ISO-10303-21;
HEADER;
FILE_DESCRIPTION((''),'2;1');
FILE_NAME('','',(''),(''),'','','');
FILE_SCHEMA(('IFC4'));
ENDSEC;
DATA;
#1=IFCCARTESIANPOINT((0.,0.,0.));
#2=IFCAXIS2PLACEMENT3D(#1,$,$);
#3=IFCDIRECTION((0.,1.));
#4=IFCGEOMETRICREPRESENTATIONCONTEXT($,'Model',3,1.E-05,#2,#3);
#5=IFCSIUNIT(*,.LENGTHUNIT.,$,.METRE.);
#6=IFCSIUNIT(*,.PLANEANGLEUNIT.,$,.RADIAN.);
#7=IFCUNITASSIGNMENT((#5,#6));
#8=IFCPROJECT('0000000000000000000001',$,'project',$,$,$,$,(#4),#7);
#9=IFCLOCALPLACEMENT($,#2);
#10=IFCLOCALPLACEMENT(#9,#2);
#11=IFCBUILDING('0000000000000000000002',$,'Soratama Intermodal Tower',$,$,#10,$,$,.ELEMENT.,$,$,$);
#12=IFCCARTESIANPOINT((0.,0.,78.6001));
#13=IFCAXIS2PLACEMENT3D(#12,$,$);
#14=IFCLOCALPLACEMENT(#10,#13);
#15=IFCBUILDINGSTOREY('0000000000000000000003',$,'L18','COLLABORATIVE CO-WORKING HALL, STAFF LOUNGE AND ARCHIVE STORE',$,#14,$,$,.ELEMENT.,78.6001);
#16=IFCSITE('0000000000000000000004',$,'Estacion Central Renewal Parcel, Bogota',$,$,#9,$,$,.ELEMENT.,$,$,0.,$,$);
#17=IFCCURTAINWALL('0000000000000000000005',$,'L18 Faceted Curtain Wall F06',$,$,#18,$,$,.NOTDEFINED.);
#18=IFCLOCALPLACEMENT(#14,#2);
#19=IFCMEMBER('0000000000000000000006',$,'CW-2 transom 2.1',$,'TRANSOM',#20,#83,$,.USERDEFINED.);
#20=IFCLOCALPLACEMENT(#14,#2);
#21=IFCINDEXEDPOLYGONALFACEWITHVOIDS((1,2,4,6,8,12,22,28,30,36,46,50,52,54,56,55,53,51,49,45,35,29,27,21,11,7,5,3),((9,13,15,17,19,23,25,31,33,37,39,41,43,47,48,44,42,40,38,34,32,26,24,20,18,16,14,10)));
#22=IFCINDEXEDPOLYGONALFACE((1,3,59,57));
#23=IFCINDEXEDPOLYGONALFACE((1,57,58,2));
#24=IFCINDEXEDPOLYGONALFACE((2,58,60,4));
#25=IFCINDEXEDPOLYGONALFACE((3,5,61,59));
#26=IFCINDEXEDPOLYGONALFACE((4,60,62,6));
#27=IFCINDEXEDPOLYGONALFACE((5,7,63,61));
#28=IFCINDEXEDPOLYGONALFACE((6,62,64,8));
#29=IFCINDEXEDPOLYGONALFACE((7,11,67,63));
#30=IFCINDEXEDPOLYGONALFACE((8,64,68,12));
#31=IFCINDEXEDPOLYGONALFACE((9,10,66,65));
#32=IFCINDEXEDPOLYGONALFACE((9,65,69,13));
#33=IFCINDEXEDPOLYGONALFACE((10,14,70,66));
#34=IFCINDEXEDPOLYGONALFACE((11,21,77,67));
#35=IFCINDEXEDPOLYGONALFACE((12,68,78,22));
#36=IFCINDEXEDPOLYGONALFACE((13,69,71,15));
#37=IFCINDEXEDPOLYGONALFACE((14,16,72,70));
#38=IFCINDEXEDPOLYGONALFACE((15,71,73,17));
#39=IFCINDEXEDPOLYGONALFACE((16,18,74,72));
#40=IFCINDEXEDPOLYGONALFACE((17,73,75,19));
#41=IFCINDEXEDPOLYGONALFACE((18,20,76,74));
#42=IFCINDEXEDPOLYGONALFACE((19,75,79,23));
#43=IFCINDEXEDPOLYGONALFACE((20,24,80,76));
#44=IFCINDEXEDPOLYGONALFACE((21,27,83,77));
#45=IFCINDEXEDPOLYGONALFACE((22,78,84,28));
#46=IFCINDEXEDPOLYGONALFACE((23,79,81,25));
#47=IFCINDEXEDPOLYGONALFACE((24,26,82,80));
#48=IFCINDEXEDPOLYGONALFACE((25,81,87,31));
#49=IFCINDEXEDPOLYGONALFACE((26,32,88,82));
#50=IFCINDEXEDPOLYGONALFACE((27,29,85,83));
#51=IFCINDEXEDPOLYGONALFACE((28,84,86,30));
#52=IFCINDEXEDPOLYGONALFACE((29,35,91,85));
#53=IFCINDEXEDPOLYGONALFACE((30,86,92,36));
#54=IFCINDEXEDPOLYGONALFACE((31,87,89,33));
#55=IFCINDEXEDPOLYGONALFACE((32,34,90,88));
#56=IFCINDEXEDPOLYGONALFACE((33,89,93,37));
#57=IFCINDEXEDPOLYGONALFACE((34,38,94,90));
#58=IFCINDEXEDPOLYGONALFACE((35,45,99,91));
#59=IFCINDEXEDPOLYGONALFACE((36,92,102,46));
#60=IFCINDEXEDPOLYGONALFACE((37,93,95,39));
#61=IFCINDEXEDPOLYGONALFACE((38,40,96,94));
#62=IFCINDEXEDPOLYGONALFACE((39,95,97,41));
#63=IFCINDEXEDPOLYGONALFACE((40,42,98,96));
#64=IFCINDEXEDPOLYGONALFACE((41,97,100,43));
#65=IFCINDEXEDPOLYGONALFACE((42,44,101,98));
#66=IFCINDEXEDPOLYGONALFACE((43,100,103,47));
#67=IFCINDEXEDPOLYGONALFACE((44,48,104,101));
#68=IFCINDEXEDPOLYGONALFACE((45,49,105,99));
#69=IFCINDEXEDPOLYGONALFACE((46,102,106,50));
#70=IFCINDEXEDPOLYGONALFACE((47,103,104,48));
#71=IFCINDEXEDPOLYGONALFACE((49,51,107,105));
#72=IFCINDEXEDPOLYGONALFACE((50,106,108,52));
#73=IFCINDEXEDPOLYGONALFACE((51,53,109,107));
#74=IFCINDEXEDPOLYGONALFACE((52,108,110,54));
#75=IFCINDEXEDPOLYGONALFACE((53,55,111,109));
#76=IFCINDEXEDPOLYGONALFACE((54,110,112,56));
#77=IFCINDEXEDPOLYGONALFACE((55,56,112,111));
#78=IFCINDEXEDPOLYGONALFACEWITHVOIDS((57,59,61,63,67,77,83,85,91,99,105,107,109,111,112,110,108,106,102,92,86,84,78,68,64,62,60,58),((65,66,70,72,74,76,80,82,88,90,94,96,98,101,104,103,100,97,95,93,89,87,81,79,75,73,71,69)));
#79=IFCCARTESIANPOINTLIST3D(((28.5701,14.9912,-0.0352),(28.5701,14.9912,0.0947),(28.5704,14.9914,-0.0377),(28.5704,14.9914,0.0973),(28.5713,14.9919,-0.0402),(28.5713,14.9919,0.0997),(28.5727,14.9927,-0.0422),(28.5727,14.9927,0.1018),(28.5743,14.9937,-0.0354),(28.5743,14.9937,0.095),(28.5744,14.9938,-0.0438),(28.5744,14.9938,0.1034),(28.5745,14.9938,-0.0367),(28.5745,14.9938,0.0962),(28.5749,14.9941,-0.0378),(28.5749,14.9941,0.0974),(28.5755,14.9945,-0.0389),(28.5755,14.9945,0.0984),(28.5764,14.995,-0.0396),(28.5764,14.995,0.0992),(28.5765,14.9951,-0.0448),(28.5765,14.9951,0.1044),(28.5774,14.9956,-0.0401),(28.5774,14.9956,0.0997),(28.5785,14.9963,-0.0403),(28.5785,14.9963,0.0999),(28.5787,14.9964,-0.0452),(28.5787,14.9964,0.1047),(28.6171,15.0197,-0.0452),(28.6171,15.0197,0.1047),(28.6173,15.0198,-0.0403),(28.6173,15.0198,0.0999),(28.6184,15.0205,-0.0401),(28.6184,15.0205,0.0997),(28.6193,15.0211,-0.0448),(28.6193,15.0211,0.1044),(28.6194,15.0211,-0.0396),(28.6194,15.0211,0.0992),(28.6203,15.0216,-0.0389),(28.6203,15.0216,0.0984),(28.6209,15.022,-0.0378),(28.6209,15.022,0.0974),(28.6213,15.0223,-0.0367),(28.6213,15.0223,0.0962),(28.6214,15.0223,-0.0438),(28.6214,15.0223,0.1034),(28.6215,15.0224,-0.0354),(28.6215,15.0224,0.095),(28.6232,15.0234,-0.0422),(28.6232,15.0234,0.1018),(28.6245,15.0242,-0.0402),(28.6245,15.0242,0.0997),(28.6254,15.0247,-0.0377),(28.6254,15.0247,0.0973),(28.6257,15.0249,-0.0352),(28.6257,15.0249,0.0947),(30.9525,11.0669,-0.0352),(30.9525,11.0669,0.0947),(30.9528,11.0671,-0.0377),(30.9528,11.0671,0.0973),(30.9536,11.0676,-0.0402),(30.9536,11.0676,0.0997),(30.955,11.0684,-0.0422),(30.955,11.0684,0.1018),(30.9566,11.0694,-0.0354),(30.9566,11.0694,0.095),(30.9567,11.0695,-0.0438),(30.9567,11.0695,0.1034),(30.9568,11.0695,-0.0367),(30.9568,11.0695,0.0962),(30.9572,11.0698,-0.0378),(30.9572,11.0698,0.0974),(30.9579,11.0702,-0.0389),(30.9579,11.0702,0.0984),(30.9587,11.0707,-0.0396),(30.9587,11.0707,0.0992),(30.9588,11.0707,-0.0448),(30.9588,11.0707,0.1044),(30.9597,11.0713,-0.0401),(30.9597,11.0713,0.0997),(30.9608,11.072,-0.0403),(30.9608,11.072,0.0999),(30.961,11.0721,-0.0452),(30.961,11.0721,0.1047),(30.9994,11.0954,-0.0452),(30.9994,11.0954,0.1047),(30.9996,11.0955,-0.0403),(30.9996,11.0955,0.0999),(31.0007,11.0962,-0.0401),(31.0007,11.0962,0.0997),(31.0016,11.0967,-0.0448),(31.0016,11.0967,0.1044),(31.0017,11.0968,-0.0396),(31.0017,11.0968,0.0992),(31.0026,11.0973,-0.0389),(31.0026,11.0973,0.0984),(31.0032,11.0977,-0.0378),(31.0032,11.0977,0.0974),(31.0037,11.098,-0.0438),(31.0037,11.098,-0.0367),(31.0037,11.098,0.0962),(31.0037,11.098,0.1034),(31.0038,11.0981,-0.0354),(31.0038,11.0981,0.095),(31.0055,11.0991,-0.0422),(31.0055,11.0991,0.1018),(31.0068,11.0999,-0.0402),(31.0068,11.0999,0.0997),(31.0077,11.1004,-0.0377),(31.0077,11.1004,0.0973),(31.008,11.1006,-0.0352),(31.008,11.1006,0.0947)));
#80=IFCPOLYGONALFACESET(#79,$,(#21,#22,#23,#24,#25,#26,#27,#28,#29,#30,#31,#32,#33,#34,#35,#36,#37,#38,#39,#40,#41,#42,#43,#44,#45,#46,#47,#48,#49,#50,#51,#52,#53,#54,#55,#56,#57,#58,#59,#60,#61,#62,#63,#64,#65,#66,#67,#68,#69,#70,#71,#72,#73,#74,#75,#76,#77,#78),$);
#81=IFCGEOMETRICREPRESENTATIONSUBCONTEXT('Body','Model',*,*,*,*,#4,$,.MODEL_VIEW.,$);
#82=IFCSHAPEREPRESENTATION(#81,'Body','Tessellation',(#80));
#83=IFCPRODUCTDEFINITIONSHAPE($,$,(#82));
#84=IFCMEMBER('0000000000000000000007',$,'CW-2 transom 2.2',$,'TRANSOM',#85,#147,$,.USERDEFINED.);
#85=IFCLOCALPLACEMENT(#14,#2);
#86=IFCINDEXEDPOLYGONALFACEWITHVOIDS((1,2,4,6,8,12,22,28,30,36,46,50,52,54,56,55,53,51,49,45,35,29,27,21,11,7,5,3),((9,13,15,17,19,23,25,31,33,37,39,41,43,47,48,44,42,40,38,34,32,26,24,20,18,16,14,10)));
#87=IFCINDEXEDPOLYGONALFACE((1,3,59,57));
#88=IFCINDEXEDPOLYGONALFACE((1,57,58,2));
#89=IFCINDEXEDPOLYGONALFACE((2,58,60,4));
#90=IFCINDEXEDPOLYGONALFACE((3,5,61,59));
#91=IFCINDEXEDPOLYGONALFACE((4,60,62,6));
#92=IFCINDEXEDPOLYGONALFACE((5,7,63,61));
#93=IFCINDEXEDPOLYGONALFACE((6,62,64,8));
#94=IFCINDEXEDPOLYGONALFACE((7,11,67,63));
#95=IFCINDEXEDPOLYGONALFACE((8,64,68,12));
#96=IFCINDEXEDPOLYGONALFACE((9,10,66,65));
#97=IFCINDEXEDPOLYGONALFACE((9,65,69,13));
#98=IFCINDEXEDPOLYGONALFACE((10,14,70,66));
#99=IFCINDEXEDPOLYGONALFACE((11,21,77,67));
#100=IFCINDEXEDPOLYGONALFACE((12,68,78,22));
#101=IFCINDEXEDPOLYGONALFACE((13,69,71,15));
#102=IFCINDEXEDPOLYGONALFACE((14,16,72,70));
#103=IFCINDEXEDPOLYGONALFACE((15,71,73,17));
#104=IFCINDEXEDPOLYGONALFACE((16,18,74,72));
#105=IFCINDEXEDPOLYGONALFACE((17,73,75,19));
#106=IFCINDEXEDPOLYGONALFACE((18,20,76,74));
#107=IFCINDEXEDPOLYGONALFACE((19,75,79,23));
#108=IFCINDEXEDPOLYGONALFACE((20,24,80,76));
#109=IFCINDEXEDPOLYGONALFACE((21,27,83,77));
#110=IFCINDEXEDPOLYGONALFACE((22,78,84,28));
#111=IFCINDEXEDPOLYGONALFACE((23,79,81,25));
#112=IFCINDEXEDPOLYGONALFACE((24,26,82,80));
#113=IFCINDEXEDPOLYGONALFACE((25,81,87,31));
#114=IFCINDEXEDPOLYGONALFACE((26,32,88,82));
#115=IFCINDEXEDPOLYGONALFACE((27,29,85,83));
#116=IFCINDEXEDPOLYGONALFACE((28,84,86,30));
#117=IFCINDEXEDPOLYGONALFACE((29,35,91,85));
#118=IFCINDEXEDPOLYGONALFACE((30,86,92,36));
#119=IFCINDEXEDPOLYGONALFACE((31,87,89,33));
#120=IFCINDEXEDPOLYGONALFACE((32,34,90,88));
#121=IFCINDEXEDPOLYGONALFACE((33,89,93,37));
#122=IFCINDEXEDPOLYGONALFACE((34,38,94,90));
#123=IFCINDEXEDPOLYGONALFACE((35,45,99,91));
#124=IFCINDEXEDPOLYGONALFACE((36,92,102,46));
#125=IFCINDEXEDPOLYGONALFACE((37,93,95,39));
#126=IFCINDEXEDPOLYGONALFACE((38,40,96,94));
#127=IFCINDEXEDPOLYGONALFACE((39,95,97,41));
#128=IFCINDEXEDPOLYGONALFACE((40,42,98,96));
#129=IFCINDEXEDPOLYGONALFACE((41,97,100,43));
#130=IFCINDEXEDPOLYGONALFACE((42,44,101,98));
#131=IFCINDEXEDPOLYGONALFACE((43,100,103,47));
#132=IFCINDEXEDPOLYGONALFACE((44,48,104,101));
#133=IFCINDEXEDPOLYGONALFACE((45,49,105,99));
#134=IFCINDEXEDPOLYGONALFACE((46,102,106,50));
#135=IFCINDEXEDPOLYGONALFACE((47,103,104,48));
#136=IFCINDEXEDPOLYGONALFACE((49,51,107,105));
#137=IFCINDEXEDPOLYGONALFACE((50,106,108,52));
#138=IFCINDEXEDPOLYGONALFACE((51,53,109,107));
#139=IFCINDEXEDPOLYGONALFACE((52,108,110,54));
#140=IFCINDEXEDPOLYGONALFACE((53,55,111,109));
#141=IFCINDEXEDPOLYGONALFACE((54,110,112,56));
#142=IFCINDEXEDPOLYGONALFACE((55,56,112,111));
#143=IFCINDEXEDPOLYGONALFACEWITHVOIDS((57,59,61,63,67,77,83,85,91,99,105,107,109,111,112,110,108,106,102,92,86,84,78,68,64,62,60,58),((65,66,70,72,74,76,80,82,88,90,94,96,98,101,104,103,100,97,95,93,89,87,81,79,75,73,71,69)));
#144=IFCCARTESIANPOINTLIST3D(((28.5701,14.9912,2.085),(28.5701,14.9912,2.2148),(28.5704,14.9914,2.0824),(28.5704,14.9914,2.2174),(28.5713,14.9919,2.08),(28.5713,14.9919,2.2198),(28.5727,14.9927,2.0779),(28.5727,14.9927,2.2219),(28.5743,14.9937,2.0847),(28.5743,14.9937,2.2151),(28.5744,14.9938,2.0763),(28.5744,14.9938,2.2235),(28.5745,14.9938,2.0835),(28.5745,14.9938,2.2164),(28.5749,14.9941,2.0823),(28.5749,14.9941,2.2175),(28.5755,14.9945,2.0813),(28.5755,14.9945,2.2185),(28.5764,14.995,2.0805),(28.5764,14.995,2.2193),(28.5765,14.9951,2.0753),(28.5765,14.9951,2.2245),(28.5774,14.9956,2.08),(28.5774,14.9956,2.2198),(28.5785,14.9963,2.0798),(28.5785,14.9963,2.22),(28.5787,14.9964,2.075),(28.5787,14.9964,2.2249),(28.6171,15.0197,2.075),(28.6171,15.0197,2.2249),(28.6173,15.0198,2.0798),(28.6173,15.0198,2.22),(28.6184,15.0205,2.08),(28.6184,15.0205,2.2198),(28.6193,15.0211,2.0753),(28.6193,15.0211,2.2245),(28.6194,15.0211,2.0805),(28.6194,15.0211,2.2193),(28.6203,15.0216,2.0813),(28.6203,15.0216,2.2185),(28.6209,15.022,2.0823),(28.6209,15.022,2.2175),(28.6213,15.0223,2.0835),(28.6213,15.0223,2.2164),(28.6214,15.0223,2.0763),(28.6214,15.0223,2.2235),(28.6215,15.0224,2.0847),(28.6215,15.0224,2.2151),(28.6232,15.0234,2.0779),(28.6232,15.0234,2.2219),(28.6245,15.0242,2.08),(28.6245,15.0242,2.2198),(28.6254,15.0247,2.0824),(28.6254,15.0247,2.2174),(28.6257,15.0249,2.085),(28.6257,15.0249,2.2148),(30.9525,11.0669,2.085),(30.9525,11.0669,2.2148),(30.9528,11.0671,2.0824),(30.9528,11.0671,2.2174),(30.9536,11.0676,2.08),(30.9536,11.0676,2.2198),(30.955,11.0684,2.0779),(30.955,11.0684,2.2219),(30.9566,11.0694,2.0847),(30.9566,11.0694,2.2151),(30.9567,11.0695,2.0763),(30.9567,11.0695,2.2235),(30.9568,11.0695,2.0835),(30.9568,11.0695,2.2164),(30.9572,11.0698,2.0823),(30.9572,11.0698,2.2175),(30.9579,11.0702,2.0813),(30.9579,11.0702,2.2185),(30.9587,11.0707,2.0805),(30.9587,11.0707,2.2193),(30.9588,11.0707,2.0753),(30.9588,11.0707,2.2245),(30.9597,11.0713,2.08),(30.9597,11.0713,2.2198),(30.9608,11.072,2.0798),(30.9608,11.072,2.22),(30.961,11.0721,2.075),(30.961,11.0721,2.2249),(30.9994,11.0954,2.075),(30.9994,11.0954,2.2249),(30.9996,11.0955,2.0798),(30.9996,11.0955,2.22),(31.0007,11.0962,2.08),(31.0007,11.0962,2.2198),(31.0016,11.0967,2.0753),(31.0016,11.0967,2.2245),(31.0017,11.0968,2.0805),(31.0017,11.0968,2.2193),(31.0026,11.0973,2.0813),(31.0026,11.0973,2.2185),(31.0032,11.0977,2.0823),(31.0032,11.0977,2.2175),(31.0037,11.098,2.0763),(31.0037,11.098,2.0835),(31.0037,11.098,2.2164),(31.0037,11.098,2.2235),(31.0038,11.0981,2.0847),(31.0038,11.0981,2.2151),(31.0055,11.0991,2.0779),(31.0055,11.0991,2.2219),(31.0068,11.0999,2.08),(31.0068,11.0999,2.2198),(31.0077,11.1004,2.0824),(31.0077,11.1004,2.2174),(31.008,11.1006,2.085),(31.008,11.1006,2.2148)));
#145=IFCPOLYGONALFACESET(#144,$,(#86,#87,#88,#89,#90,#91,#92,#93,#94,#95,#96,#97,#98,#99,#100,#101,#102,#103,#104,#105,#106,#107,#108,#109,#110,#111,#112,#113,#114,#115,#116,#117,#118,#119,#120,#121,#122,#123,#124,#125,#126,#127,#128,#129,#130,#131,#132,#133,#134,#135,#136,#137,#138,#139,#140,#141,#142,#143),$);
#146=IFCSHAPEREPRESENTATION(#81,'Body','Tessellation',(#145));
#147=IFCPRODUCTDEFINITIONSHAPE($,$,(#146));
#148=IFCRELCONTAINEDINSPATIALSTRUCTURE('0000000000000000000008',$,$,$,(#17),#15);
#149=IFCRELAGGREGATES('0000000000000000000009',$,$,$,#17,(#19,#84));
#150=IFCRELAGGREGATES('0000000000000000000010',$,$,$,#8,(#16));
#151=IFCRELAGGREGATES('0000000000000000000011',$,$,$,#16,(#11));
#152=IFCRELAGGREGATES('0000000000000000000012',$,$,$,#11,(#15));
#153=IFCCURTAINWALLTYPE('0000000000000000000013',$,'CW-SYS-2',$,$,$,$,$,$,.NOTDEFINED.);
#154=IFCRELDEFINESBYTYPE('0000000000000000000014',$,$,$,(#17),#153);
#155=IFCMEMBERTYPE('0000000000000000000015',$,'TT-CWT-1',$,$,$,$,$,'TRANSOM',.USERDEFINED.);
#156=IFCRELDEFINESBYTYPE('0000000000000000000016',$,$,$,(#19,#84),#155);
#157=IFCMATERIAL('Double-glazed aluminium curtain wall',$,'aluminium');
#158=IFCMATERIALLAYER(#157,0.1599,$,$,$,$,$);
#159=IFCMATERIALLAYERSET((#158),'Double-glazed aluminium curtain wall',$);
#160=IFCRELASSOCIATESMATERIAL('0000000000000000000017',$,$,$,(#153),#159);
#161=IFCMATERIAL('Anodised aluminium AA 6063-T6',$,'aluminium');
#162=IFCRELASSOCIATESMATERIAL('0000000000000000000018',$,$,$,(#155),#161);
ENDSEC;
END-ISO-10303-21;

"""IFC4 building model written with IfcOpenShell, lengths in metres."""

from ifc_helpers import new_model, si_unit, direction, frame, origin, origin_2d, place, context, subcontext, project, spatial, hollow_rectangle, extrude, material, layer, layer_set, material_profile, profile_set, type_object, element, aggregate, save


model = new_model("IFC4")

# Units and contexts
model_context = context("Model", 3, precision=1e-05, world=origin(), true_north=direction((0.0, 1.0)))
body_context = subcontext(model_context, "Body", "Model", "MODEL_VIEW")
ifc_project = project(units=[si_unit("LENGTHUNIT", "METRE"), si_unit("PLANEANGLEUNIT", "RADIAN")], contexts=[model_context])

# Site, building, storey
site_placement = place(None, origin())
site = spatial("IfcSite", under=ifc_project, at=site_placement, Name="Estacion Central Renewal Parcel, Bogota", CompositionType="ELEMENT", RefElevation=0.0)
building_placement = place(site_placement, origin())
building = spatial("IfcBuilding", under=site, at=building_placement, Name="Soratama Intermodal Tower", CompositionType="ELEMENT")
storey_placement = place(building_placement, frame((0.0, 0.0, 78.6001)))
storey = spatial("IfcBuildingStorey", under=building, at=storey_placement, Name="L18", Description="COLLABORATIVE CO-WORKING HALL, STAFF LOUNGE AND ARCHIVE STORE", CompositionType="ELEMENT", Elevation=78.6001)

# Curtain wall, members
ifc_material_1 = material(Name="Double-glazed aluminium curtain wall", Category="aluminium")
ifc_layer_1 = layer(ifc_material_1, 0.1599)
ifc_layer_set_1 = layer_set([ifc_layer_1], Name="Double-glazed aluminium curtain wall")
curtain_wall_type = type_object("IfcCurtainWallType", Name="CW-SYS-2", PredefinedType="NOTDEFINED", material=ifc_layer_set_1)
curtain_wall_placement = place(storey_placement, origin())
curtain_wall = element("IfcCurtainWall", 1, at=curtain_wall_placement, inside=storey, type_object=curtain_wall_type, Name="L18 Faceted Curtain Wall F06", PredefinedType="NOTDEFINED")
ifc_material_2 = material(Name="Anodised aluminium AA 6063-T6", Category="aluminium")
ifc_material_profile_1 = material_profile(ifc_material_2, hollow_rectangle(XDim=0.0649, YDim=0.1499, WallThickness=0.0049, InnerFilletRadius=0.0049, OuterFilletRadius=0.01, at=origin_2d()), Name="CWT150X65X5")
ifc_profile_set_1 = profile_set([ifc_material_profile_1], Name="Anodised aluminium AA 6063-T6")
member_type_1 = type_object("IfcMemberType", Name="TT-CWT-1", ElementType="TRANSOM", PredefinedType="USERDEFINED", material=ifc_profile_set_1)
member_1_placement = place(storey_placement, frame((28.5979, 15.0081, 0.0298), z_axis=(0.518931, -0.854816, 0.0), x_axis=(0.854816, 0.518931, 0.0)))
member_1 = element("IfcMember", 2, at=member_1_placement, type_object=member_type_1, Name="CW-2 transom 2.1", ObjectType="TRANSOM", PredefinedType="USERDEFINED", context=body_context, shape_type="SweptSolid", body=[
    extrude(hollow_rectangle(XDim=0.0649, YDim=0.1499, WallThickness=0.0049, InnerFilletRadius=0.0049, OuterFilletRadius=0.01, at=origin_2d()), origin(), (0.0, 0.0, 1.0), 4.5908),
])
member_2_placement = place(storey_placement, frame((28.5979, 15.0081, 2.1499), z_axis=(0.518931, -0.854816, 0.0), x_axis=(0.854816, 0.518931, 0.0)))
member_2 = element("IfcMember", 3, at=member_2_placement, type_object=member_type_1, Name="CW-2 transom 2.2", ObjectType="TRANSOM", PredefinedType="USERDEFINED", context=body_context, shape_type="SweptSolid", body=[
    extrude(hollow_rectangle(XDim=0.0649, YDim=0.1499, WallThickness=0.0049, InnerFilletRadius=0.0049, OuterFilletRadius=0.01, at=origin_2d()), origin(), (0.0, 0.0, 1.0), 4.5908),
])
aggregate(curtain_wall, [member_1, member_2])

save(model, "model.ifc")
